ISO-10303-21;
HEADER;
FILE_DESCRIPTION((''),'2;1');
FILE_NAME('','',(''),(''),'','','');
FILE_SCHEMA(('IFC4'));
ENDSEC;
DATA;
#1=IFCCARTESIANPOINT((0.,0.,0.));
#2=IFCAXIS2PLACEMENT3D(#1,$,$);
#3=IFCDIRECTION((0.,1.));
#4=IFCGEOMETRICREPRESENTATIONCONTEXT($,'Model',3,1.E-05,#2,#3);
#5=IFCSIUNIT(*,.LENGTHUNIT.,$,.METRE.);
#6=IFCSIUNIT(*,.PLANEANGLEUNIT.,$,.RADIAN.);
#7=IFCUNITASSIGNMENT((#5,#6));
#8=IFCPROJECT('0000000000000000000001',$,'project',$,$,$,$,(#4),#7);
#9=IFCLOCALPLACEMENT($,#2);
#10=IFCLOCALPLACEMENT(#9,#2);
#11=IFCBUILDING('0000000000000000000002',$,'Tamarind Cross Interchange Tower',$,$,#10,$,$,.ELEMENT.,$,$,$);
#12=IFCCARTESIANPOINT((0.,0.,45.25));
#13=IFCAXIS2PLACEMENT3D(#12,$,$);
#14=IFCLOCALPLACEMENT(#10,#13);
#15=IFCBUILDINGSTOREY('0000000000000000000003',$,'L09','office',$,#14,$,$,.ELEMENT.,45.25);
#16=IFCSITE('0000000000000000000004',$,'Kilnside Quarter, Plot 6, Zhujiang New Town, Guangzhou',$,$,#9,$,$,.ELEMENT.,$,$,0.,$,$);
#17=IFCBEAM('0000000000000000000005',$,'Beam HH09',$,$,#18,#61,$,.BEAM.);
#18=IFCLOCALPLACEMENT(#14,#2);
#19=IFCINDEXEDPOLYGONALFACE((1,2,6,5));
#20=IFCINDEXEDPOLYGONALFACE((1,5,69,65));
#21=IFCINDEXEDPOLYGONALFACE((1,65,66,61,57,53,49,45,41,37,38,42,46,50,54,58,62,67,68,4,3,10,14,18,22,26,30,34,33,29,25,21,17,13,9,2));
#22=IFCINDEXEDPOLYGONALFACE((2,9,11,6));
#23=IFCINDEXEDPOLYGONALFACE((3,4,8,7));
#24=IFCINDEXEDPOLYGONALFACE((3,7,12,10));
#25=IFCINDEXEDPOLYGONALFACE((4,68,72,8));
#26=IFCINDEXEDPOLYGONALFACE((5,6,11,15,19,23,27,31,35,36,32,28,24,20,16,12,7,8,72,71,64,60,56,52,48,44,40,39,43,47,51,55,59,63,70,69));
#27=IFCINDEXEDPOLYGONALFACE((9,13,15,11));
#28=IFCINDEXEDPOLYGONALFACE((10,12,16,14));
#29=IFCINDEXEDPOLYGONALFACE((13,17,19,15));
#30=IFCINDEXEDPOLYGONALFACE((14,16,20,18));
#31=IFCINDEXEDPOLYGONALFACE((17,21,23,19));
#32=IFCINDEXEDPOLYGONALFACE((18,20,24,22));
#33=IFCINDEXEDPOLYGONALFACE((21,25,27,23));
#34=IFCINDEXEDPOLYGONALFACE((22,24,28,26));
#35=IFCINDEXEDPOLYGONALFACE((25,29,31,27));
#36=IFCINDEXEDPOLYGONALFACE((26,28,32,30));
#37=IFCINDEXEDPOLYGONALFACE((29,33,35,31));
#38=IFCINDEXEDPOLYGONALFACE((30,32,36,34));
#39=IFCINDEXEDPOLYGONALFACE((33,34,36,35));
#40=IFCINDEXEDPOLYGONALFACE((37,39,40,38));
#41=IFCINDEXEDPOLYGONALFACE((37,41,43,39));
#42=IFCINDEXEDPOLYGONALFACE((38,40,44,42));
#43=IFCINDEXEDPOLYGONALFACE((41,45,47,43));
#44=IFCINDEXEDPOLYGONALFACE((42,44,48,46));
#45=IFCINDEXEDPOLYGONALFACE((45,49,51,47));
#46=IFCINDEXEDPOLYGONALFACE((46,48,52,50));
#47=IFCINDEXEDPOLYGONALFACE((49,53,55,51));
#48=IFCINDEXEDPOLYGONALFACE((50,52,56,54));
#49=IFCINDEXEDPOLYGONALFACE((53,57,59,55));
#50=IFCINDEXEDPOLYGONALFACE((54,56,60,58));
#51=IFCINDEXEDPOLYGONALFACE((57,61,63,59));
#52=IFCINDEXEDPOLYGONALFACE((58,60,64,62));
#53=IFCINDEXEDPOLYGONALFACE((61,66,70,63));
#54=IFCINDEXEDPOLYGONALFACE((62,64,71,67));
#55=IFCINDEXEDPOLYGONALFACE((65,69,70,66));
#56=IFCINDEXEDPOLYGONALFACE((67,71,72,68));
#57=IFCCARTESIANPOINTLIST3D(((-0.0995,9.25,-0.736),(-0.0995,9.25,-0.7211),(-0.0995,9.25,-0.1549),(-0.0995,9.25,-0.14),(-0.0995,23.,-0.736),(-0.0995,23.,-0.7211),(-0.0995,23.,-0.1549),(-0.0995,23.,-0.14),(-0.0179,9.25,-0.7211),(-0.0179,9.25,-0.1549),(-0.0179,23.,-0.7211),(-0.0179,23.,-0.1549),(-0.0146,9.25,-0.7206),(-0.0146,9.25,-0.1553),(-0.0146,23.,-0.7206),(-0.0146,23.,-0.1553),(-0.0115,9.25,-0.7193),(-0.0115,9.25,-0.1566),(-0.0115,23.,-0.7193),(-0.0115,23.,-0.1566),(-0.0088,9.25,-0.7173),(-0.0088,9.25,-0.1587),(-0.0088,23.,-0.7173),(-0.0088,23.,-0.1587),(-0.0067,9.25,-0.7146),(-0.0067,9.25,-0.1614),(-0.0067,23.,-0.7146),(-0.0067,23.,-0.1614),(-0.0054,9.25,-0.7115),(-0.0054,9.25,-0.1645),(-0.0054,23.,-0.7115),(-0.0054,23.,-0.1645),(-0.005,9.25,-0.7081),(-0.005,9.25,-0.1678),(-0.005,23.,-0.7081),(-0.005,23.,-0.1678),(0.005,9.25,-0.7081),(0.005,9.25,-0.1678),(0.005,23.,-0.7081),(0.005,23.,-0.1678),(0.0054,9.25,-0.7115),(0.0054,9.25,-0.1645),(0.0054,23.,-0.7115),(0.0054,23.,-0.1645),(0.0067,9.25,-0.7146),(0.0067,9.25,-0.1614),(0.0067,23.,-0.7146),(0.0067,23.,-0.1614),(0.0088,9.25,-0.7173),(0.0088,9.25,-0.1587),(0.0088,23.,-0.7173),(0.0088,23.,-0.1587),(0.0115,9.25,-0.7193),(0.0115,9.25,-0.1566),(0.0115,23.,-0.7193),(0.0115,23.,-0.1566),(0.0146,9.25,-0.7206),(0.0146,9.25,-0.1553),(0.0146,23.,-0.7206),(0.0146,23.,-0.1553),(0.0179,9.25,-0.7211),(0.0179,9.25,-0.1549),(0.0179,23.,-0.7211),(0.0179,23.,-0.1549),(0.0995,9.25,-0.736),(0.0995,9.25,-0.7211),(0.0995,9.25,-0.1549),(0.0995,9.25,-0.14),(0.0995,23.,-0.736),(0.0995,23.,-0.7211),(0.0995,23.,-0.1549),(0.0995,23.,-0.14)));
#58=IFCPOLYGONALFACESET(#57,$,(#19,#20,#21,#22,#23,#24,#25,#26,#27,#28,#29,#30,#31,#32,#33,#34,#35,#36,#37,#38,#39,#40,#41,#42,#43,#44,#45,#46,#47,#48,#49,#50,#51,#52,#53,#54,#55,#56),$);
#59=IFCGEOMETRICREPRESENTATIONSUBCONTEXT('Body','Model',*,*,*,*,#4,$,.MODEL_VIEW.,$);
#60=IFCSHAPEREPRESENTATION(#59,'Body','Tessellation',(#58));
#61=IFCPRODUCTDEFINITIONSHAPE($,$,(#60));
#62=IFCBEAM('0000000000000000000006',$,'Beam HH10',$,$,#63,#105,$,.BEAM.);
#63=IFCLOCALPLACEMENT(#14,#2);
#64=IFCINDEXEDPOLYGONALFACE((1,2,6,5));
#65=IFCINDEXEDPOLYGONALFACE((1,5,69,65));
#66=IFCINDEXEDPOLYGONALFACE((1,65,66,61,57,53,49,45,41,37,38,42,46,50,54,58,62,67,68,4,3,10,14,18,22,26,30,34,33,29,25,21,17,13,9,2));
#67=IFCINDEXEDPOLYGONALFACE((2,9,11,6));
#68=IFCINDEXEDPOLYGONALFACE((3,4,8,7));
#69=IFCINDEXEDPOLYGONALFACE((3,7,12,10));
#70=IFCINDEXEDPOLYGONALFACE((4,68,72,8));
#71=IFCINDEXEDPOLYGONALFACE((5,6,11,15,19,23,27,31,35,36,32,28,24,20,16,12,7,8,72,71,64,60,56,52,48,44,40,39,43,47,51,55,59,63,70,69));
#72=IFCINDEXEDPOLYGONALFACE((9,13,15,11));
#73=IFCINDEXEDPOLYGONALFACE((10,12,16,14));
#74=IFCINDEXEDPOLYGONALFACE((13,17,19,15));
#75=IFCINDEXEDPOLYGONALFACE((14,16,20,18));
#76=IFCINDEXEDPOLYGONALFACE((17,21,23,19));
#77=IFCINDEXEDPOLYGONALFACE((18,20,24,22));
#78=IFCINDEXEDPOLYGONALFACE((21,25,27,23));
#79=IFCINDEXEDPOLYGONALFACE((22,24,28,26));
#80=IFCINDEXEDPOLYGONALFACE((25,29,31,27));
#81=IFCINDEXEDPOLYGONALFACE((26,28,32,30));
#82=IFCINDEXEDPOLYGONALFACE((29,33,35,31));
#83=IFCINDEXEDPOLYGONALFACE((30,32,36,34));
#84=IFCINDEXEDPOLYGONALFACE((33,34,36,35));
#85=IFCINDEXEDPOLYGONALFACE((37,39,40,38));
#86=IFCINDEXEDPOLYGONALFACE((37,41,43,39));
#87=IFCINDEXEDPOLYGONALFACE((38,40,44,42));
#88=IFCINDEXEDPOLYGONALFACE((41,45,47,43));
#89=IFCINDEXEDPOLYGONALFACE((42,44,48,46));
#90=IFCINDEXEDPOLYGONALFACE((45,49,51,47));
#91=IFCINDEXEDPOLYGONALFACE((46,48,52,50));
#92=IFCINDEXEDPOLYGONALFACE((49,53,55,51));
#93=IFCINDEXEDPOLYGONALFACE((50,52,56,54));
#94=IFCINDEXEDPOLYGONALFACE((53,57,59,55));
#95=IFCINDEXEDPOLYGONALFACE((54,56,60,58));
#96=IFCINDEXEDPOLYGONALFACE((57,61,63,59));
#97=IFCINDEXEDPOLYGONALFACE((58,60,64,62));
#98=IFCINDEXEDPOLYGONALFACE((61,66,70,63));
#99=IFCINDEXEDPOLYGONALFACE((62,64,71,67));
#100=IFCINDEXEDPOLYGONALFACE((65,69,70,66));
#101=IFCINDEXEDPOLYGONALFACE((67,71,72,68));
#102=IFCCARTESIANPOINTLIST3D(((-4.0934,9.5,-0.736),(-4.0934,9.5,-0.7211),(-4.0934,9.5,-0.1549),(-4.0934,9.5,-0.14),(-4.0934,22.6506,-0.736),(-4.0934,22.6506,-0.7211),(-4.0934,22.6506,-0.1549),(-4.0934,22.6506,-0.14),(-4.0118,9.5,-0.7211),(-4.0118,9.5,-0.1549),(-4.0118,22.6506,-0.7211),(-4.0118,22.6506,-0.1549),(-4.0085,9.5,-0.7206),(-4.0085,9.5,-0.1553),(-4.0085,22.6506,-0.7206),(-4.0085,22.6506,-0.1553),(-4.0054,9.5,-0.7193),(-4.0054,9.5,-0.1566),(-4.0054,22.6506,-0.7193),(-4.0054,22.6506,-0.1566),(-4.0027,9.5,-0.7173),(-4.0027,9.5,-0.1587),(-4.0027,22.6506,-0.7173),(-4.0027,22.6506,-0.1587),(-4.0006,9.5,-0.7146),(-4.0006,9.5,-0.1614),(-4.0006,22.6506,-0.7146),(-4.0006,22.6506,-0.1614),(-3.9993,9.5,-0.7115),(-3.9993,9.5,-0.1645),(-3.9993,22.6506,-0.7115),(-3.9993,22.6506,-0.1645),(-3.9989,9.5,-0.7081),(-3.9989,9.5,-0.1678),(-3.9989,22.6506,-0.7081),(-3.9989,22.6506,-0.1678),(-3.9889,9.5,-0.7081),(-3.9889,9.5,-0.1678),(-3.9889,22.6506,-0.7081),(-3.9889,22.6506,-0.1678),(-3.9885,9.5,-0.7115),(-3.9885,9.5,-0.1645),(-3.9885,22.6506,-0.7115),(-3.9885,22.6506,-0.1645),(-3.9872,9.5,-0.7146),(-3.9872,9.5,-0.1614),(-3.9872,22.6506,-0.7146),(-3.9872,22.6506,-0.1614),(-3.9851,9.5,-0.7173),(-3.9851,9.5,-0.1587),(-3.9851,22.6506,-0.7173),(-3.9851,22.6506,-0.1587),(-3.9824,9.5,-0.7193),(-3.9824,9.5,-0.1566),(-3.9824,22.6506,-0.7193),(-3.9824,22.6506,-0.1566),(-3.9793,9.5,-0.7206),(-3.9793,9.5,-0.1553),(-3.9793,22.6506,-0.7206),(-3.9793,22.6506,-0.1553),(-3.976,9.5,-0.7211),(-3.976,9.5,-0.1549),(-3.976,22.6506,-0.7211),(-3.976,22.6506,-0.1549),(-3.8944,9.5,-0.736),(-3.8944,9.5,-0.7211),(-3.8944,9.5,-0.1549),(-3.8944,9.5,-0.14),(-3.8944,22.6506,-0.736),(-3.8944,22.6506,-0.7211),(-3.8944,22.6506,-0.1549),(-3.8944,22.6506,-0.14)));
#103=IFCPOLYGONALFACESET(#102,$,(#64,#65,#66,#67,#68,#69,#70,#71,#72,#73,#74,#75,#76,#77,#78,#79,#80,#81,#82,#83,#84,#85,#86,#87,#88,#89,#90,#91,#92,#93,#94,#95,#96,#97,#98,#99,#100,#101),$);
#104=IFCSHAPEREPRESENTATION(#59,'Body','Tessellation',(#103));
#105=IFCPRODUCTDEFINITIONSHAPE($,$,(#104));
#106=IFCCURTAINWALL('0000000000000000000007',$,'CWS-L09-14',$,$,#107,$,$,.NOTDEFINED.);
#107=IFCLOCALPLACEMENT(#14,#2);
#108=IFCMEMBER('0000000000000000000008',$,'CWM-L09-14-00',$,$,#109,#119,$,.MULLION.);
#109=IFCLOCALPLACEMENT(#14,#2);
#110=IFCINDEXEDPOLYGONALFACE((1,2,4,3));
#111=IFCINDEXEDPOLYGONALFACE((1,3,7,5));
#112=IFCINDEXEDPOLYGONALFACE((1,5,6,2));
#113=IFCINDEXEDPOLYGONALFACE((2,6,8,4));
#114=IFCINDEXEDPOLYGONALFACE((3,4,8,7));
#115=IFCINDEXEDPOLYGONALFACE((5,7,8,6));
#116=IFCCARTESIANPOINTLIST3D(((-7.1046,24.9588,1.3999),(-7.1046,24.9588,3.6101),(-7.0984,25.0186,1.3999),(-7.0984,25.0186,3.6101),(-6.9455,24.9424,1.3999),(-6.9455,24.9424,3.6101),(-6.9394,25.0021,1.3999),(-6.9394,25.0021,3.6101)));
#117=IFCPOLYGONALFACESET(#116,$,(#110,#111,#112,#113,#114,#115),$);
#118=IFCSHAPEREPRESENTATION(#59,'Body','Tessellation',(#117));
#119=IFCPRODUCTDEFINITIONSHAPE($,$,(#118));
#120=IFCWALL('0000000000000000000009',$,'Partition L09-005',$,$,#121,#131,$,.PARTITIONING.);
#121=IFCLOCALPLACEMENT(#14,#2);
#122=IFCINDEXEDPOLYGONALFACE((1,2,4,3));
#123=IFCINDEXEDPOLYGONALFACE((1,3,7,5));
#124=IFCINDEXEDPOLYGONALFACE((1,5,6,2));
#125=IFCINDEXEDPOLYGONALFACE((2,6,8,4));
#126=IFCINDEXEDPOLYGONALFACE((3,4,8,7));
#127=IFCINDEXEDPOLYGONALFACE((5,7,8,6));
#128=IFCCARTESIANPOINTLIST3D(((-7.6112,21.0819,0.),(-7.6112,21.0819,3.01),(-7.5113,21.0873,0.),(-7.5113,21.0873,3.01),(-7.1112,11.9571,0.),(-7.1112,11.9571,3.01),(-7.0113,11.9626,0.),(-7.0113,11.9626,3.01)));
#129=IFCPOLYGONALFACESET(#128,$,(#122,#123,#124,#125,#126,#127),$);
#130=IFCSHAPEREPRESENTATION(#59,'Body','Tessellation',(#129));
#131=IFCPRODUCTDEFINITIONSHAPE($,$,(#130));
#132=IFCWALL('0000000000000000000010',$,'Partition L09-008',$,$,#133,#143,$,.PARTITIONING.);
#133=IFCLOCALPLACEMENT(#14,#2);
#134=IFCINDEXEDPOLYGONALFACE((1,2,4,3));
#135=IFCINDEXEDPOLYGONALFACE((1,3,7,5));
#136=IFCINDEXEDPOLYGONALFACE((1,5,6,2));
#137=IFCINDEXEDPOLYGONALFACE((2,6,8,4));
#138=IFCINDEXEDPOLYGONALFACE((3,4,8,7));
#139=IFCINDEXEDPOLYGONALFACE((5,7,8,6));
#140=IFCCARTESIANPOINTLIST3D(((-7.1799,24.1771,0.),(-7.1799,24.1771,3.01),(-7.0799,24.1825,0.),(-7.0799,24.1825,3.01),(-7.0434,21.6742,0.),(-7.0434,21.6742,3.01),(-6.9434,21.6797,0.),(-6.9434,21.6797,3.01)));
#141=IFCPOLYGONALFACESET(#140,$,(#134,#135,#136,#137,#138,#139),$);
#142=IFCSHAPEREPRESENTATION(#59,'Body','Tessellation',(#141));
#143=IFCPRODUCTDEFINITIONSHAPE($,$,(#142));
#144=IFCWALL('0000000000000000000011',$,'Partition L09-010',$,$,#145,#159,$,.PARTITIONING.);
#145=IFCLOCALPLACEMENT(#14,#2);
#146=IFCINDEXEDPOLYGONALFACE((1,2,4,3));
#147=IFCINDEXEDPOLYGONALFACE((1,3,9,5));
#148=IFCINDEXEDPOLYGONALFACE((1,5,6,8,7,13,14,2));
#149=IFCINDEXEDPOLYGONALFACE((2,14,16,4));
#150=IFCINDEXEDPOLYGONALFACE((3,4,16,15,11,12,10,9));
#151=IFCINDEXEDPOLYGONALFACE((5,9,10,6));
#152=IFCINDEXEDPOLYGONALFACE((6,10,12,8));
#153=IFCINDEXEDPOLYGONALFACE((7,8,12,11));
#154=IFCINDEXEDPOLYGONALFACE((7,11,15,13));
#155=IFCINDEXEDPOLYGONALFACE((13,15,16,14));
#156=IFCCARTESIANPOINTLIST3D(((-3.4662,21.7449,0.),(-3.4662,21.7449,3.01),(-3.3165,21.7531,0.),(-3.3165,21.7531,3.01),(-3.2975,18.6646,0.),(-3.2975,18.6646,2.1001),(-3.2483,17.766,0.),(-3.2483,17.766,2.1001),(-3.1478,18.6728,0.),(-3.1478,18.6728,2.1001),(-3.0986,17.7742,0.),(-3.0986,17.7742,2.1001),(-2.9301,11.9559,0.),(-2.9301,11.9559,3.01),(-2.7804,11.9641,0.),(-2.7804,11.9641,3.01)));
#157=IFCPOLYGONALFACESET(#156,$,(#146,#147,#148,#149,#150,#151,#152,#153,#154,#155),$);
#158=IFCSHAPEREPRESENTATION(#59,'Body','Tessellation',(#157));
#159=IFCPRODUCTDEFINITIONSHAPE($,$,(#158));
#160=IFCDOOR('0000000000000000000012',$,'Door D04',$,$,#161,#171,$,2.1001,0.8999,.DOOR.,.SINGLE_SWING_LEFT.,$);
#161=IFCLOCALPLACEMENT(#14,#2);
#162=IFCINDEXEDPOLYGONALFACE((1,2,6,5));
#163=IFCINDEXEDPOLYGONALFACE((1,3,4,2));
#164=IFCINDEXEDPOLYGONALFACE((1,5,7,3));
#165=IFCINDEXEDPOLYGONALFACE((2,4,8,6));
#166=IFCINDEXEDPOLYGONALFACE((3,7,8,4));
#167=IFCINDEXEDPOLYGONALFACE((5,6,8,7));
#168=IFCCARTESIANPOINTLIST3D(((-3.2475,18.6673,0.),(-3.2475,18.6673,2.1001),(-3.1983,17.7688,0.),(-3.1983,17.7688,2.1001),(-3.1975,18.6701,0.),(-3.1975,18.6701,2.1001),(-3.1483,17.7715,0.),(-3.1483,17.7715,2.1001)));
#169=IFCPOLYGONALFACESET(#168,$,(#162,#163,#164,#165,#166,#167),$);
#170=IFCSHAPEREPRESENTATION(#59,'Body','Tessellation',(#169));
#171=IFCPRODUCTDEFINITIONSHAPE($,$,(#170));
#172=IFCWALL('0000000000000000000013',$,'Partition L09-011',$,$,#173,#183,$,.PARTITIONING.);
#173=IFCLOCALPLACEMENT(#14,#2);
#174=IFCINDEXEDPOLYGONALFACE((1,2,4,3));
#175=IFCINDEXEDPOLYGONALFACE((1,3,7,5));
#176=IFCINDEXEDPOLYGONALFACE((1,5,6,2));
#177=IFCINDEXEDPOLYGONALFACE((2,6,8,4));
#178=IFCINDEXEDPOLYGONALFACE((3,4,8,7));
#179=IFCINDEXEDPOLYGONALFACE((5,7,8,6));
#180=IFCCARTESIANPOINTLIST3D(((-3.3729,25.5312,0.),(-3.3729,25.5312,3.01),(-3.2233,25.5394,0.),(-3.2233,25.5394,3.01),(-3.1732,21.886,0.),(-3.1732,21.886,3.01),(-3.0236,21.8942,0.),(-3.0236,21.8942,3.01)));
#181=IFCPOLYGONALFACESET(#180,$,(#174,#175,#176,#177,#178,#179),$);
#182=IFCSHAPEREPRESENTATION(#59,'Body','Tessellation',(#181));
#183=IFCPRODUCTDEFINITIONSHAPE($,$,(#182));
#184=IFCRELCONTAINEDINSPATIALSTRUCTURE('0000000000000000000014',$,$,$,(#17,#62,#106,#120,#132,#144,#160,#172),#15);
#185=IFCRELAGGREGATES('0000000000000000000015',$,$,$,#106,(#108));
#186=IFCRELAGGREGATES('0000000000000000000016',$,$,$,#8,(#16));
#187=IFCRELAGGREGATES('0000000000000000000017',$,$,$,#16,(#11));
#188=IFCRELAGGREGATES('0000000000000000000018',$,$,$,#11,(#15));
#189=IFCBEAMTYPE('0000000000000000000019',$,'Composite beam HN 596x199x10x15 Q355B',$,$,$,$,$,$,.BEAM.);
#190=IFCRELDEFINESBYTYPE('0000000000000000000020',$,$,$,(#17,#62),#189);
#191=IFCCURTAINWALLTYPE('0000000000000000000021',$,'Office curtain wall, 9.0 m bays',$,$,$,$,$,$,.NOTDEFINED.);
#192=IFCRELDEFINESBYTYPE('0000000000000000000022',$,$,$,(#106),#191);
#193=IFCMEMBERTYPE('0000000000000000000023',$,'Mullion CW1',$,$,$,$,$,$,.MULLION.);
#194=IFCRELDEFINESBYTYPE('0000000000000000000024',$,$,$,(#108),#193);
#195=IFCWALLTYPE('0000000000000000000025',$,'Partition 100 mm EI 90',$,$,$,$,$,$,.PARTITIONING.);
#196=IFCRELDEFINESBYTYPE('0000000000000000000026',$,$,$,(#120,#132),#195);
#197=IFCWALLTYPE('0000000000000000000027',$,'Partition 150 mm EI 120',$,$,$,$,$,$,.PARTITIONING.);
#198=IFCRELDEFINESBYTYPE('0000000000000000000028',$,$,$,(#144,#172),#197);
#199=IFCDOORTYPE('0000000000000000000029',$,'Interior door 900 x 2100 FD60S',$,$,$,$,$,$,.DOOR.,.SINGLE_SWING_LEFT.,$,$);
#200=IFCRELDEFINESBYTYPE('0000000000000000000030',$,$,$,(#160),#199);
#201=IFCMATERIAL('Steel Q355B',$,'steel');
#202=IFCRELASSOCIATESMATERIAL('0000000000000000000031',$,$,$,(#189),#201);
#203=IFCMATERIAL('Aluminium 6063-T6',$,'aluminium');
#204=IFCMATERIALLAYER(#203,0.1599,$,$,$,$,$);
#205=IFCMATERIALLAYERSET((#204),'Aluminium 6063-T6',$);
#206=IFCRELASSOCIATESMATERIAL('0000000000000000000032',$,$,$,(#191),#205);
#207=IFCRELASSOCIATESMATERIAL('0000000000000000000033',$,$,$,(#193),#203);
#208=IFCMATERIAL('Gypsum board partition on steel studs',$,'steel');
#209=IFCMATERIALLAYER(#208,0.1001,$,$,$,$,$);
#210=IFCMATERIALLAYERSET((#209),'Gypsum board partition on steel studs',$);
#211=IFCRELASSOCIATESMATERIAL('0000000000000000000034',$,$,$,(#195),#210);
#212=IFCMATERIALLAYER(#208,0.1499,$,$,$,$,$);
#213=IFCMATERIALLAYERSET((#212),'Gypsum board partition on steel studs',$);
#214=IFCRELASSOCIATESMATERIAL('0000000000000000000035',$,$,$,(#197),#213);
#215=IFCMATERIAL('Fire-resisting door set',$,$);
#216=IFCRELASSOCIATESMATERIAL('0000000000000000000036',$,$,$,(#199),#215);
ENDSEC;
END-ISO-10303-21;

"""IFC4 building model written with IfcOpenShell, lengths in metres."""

from ifc_helpers import new_model, si_unit, direction, frame, frame_2d, origin, origin_2d, place, context, subcontext, project, spatial, rectangle, i_section, extrude, material, layer, layer_set, material_profile, profile_set, type_object, element, fill, aggregate, save


model = new_model("IFC4")

# Units and contexts
model_context = context("Model", 3, precision=1e-05, world=origin(), true_north=direction((0.0, 1.0)))
body_context = subcontext(model_context, "Body", "Model", "MODEL_VIEW")
ifc_project = project(units=[si_unit("LENGTHUNIT", "METRE"), si_unit("PLANEANGLEUNIT", "RADIAN")], contexts=[model_context])

# Site, building, storey
site_placement = place(None, origin())
site = spatial("IfcSite", under=ifc_project, at=site_placement, Name="Kilnside Quarter, Plot 6, Zhujiang New Town, Guangzhou", CompositionType="ELEMENT", RefElevation=0.0)
building_placement = place(site_placement, origin())
building = spatial("IfcBuilding", under=site, at=building_placement, Name="Tamarind Cross Interchange Tower", CompositionType="ELEMENT")
storey_placement = place(building_placement, frame((0.0, 0.0, 45.25)))
storey = spatial("IfcBuildingStorey", under=building, at=storey_placement, Name="L09", Description="office", CompositionType="ELEMENT", Elevation=45.25)

# Beams
ifc_material_1 = material(Name="Steel Q355B", Category="steel")
ifc_material_profile_1 = material_profile(ifc_material_1, i_section(OverallWidth=0.199, OverallDepth=0.5959, WebThickness=0.01, FlangeThickness=0.0149, FilletRadius=0.0129, at=origin_2d()), Name="HN 596x199x10x15")
ifc_profile_set_1 = profile_set([ifc_material_profile_1], Name="Steel Q355B")
beam_type_1 = type_object("IfcBeamType", Name="Composite beam HN 596x199x10x15 Q355B", PredefinedType="BEAM", material=ifc_profile_set_1)
beam_1_placement = place(storey_placement, frame((0.0, 23.0, -0.438), z_axis=(0.0, -1.0, 0.0), x_axis=(1.0, 0.0, 0.0)))
element("IfcBeam", 1, at=beam_1_placement, inside=storey, type_object=beam_type_1, Name="Beam HH09", PredefinedType="BEAM", context=body_context, shape_type="SweptSolid", body=[
    extrude(i_section(OverallWidth=0.199, OverallDepth=0.5959, WebThickness=0.01, FlangeThickness=0.0149, FilletRadius=0.0129, at=origin_2d()), origin(), (0.0, 0.0, 1.0), 13.75),
])
beam_2_placement = place(storey_placement, frame((-3.9939, 22.6506, -0.438), z_axis=(0.0, -1.0, 0.0), x_axis=(1.0, 0.0, 0.0)))
element("IfcBeam", 2, at=beam_2_placement, inside=storey, type_object=beam_type_1, Name="Beam HH10", PredefinedType="BEAM", context=body_context, shape_type="SweptSolid", body=[
    extrude(i_section(OverallWidth=0.199, OverallDepth=0.5959, WebThickness=0.01, FlangeThickness=0.0149, FilletRadius=0.0129, at=origin_2d()), origin(), (0.0, 0.0, 1.0), 13.1506),
])

# Curtain wall, member
ifc_material_2 = material(Name="Aluminium 6063-T6", Category="aluminium")
ifc_layer_1 = layer(ifc_material_2, 0.1599)
ifc_layer_set_1 = layer_set([ifc_layer_1], Name="Aluminium 6063-T6")
curtain_wall_type = type_object("IfcCurtainWallType", Name="Office curtain wall, 9.0 m bays", PredefinedType="NOTDEFINED", material=ifc_layer_set_1)
curtain_wall_placement = place(storey_placement, origin())
curtain_wall = element("IfcCurtainWall", 3, at=curtain_wall_placement, inside=storey, type_object=curtain_wall_type, Name="CWS-L09-14", PredefinedType="NOTDEFINED")
ifc_material_profile_2 = material_profile(ifc_material_2, rectangle(XDim=0.0601, YDim=0.1599, at=origin_2d()), Name="Mullion CW1")
ifc_profile_set_2 = profile_set([ifc_material_profile_2], Name="Aluminium 6063-T6")
member_type = type_object("IfcMemberType", Name="Mullion CW1", PredefinedType="MULLION", material=ifc_profile_set_2)
member_placement = place(storey_placement, frame((-7.022, 24.9805, 1.3999), z_axis=(0.0, 0.0, 1.0), x_axis=(-0.102898, -0.994692, 0.0)))
member = element("IfcMember", 4, at=member_placement, type_object=member_type, Name="CWM-L09-14-00", PredefinedType="MULLION", context=body_context, shape_type="SweptSolid", body=[
    extrude(rectangle(XDim=0.0601, YDim=0.1599, at=origin_2d()), origin(), (0.0, 0.0, 1.0), 2.2102),
])
aggregate(curtain_wall, [member])

# Walls
ifc_material_3 = material(Name="Gypsum board partition on steel studs", Category="steel")
ifc_layer_2 = layer(ifc_material_3, 0.1001)
ifc_layer_set_2 = layer_set([ifc_layer_2], Name="Gypsum board partition on steel studs")
wall_type_1 = type_object("IfcWallType", Name="Partition 100 mm EI 90", PredefinedType="PARTITIONING", material=ifc_layer_set_2)
wall_1_placement = place(storey_placement, frame((-7.5613, 21.0847, 0.0), z_axis=(0.0, 0.0, 1.0), x_axis=(0.054714, -0.998502, 0.0)))
element("IfcWall", 5, at=wall_1_placement, inside=storey, type_object=wall_type_1, Name="Partition L09-005", PredefinedType="PARTITIONING", context=body_context, shape_type="SweptSolid", body=[
    extrude(rectangle(XDim=9.1384, YDim=0.1001, at=frame_2d((4.5693, 0.0))), origin(), (0.0, 0.0, 1.0), 3.01),
])
wall_2_placement = place(storey_placement, frame((-7.1299, 24.1799, 0.0), z_axis=(0.0, 0.0, 1.0), x_axis=(0.054445, -0.998517, 0.0)))
element("IfcWall", 6, at=wall_2_placement, inside=storey, type_object=wall_type_1, Name="Partition L09-008", PredefinedType="PARTITIONING", context=body_context, shape_type="SweptSolid", body=[
    extrude(rectangle(XDim=2.5066, YDim=0.1001, at=frame_2d((1.2534, 0.0))), origin(), (0.0, 0.0, 1.0), 3.01),
])

# Wall, opening, door
ifc_layer_3 = layer(ifc_material_3, 0.1499)
ifc_layer_set_3 = layer_set([ifc_layer_3], Name="Gypsum board partition on steel studs")
wall_type_2 = type_object("IfcWallType", Name="Partition 150 mm EI 120", PredefinedType="PARTITIONING", material=ifc_layer_set_3)
wall_3_placement = place(storey_placement, frame((-3.3914, 21.749, 0.0), z_axis=(0.0, 0.0, 1.0), x_axis=(0.054687, -0.998504, 0.0)))
wall_3 = element("IfcWall", 7, at=wall_3_placement, inside=storey, type_object=wall_type_2, Name="Partition L09-010", PredefinedType="PARTITIONING", context=body_context, shape_type="SweptSolid", body=[
    extrude(rectangle(XDim=9.8037, YDim=0.1499, at=frame_2d((4.9019, 0.0))), origin(), (0.0, 0.0, 1.0), 3.01),
])
opening_1_placement = place(wall_3_placement, frame((3.085, 0.0, 0.0)))
opening_1 = element("IfcOpeningElement", 8, at=opening_1_placement, cuts=wall_3, PredefinedType="OPENING", context=body_context, shape_type="SweptSolid", body=[
    extrude(rectangle(XDim=0.8999, YDim=2.1001, at=frame_2d((0.45, 1.05))), frame((0.0, 0.085, 0.0), z_axis=(0.0, -1.0, 0.0), x_axis=(1.0, 0.0, 0.0)), (0.0, 0.0, 1.0), 0.1699),
])
ifc_material_4 = material(Name="Fire-resisting door set")
door_type_1 = type_object("IfcDoorType", Name="Interior door 900 x 2100 FD60S", OperationType="SINGLE_SWING_LEFT", PredefinedType="DOOR", material=ifc_material_4)
door_1_placement = place(opening_1_placement, frame((0.8999, 0.0, 0.0), z_axis=(0.0, 0.0, 1.0), x_axis=(-1.0, 0.0, 0.0)))
door_1 = element("IfcDoor", 9, at=door_1_placement, inside=storey, type_object=door_type_1, Name="Door D04", OperationType="SINGLE_SWING_LEFT", OverallHeight=2.1001, OverallWidth=0.8999, PredefinedType="DOOR", context=body_context, shape_type="SweptSolid", body=[
    extrude(rectangle(XDim=0.8999, YDim=2.1001, at=frame_2d((0.45, 1.05))), frame((0.0, 0.0249, 0.0), z_axis=(0.0, -1.0, 0.0), x_axis=(1.0, 0.0, 0.0)), (0.0, 0.0, 1.0), 0.05),
])
fill(opening_1, door_1)

# Wall
wall_4_placement = place(storey_placement, frame((-3.2981, 25.5352, 0.0), z_axis=(0.0, 0.0, 1.0), x_axis=(0.054703, -0.998503, 0.0)))
element("IfcWall", 10, at=wall_4_placement, inside=storey, type_object=wall_type_2, Name="Partition L09-011", PredefinedType="PARTITIONING", context=body_context, shape_type="SweptSolid", body=[
    extrude(rectangle(XDim=3.6506, YDim=0.1499, at=frame_2d((1.8252, 0.0))), origin(), (0.0, 0.0, 1.0), 3.01),
])

save(model, "model.ifc")
